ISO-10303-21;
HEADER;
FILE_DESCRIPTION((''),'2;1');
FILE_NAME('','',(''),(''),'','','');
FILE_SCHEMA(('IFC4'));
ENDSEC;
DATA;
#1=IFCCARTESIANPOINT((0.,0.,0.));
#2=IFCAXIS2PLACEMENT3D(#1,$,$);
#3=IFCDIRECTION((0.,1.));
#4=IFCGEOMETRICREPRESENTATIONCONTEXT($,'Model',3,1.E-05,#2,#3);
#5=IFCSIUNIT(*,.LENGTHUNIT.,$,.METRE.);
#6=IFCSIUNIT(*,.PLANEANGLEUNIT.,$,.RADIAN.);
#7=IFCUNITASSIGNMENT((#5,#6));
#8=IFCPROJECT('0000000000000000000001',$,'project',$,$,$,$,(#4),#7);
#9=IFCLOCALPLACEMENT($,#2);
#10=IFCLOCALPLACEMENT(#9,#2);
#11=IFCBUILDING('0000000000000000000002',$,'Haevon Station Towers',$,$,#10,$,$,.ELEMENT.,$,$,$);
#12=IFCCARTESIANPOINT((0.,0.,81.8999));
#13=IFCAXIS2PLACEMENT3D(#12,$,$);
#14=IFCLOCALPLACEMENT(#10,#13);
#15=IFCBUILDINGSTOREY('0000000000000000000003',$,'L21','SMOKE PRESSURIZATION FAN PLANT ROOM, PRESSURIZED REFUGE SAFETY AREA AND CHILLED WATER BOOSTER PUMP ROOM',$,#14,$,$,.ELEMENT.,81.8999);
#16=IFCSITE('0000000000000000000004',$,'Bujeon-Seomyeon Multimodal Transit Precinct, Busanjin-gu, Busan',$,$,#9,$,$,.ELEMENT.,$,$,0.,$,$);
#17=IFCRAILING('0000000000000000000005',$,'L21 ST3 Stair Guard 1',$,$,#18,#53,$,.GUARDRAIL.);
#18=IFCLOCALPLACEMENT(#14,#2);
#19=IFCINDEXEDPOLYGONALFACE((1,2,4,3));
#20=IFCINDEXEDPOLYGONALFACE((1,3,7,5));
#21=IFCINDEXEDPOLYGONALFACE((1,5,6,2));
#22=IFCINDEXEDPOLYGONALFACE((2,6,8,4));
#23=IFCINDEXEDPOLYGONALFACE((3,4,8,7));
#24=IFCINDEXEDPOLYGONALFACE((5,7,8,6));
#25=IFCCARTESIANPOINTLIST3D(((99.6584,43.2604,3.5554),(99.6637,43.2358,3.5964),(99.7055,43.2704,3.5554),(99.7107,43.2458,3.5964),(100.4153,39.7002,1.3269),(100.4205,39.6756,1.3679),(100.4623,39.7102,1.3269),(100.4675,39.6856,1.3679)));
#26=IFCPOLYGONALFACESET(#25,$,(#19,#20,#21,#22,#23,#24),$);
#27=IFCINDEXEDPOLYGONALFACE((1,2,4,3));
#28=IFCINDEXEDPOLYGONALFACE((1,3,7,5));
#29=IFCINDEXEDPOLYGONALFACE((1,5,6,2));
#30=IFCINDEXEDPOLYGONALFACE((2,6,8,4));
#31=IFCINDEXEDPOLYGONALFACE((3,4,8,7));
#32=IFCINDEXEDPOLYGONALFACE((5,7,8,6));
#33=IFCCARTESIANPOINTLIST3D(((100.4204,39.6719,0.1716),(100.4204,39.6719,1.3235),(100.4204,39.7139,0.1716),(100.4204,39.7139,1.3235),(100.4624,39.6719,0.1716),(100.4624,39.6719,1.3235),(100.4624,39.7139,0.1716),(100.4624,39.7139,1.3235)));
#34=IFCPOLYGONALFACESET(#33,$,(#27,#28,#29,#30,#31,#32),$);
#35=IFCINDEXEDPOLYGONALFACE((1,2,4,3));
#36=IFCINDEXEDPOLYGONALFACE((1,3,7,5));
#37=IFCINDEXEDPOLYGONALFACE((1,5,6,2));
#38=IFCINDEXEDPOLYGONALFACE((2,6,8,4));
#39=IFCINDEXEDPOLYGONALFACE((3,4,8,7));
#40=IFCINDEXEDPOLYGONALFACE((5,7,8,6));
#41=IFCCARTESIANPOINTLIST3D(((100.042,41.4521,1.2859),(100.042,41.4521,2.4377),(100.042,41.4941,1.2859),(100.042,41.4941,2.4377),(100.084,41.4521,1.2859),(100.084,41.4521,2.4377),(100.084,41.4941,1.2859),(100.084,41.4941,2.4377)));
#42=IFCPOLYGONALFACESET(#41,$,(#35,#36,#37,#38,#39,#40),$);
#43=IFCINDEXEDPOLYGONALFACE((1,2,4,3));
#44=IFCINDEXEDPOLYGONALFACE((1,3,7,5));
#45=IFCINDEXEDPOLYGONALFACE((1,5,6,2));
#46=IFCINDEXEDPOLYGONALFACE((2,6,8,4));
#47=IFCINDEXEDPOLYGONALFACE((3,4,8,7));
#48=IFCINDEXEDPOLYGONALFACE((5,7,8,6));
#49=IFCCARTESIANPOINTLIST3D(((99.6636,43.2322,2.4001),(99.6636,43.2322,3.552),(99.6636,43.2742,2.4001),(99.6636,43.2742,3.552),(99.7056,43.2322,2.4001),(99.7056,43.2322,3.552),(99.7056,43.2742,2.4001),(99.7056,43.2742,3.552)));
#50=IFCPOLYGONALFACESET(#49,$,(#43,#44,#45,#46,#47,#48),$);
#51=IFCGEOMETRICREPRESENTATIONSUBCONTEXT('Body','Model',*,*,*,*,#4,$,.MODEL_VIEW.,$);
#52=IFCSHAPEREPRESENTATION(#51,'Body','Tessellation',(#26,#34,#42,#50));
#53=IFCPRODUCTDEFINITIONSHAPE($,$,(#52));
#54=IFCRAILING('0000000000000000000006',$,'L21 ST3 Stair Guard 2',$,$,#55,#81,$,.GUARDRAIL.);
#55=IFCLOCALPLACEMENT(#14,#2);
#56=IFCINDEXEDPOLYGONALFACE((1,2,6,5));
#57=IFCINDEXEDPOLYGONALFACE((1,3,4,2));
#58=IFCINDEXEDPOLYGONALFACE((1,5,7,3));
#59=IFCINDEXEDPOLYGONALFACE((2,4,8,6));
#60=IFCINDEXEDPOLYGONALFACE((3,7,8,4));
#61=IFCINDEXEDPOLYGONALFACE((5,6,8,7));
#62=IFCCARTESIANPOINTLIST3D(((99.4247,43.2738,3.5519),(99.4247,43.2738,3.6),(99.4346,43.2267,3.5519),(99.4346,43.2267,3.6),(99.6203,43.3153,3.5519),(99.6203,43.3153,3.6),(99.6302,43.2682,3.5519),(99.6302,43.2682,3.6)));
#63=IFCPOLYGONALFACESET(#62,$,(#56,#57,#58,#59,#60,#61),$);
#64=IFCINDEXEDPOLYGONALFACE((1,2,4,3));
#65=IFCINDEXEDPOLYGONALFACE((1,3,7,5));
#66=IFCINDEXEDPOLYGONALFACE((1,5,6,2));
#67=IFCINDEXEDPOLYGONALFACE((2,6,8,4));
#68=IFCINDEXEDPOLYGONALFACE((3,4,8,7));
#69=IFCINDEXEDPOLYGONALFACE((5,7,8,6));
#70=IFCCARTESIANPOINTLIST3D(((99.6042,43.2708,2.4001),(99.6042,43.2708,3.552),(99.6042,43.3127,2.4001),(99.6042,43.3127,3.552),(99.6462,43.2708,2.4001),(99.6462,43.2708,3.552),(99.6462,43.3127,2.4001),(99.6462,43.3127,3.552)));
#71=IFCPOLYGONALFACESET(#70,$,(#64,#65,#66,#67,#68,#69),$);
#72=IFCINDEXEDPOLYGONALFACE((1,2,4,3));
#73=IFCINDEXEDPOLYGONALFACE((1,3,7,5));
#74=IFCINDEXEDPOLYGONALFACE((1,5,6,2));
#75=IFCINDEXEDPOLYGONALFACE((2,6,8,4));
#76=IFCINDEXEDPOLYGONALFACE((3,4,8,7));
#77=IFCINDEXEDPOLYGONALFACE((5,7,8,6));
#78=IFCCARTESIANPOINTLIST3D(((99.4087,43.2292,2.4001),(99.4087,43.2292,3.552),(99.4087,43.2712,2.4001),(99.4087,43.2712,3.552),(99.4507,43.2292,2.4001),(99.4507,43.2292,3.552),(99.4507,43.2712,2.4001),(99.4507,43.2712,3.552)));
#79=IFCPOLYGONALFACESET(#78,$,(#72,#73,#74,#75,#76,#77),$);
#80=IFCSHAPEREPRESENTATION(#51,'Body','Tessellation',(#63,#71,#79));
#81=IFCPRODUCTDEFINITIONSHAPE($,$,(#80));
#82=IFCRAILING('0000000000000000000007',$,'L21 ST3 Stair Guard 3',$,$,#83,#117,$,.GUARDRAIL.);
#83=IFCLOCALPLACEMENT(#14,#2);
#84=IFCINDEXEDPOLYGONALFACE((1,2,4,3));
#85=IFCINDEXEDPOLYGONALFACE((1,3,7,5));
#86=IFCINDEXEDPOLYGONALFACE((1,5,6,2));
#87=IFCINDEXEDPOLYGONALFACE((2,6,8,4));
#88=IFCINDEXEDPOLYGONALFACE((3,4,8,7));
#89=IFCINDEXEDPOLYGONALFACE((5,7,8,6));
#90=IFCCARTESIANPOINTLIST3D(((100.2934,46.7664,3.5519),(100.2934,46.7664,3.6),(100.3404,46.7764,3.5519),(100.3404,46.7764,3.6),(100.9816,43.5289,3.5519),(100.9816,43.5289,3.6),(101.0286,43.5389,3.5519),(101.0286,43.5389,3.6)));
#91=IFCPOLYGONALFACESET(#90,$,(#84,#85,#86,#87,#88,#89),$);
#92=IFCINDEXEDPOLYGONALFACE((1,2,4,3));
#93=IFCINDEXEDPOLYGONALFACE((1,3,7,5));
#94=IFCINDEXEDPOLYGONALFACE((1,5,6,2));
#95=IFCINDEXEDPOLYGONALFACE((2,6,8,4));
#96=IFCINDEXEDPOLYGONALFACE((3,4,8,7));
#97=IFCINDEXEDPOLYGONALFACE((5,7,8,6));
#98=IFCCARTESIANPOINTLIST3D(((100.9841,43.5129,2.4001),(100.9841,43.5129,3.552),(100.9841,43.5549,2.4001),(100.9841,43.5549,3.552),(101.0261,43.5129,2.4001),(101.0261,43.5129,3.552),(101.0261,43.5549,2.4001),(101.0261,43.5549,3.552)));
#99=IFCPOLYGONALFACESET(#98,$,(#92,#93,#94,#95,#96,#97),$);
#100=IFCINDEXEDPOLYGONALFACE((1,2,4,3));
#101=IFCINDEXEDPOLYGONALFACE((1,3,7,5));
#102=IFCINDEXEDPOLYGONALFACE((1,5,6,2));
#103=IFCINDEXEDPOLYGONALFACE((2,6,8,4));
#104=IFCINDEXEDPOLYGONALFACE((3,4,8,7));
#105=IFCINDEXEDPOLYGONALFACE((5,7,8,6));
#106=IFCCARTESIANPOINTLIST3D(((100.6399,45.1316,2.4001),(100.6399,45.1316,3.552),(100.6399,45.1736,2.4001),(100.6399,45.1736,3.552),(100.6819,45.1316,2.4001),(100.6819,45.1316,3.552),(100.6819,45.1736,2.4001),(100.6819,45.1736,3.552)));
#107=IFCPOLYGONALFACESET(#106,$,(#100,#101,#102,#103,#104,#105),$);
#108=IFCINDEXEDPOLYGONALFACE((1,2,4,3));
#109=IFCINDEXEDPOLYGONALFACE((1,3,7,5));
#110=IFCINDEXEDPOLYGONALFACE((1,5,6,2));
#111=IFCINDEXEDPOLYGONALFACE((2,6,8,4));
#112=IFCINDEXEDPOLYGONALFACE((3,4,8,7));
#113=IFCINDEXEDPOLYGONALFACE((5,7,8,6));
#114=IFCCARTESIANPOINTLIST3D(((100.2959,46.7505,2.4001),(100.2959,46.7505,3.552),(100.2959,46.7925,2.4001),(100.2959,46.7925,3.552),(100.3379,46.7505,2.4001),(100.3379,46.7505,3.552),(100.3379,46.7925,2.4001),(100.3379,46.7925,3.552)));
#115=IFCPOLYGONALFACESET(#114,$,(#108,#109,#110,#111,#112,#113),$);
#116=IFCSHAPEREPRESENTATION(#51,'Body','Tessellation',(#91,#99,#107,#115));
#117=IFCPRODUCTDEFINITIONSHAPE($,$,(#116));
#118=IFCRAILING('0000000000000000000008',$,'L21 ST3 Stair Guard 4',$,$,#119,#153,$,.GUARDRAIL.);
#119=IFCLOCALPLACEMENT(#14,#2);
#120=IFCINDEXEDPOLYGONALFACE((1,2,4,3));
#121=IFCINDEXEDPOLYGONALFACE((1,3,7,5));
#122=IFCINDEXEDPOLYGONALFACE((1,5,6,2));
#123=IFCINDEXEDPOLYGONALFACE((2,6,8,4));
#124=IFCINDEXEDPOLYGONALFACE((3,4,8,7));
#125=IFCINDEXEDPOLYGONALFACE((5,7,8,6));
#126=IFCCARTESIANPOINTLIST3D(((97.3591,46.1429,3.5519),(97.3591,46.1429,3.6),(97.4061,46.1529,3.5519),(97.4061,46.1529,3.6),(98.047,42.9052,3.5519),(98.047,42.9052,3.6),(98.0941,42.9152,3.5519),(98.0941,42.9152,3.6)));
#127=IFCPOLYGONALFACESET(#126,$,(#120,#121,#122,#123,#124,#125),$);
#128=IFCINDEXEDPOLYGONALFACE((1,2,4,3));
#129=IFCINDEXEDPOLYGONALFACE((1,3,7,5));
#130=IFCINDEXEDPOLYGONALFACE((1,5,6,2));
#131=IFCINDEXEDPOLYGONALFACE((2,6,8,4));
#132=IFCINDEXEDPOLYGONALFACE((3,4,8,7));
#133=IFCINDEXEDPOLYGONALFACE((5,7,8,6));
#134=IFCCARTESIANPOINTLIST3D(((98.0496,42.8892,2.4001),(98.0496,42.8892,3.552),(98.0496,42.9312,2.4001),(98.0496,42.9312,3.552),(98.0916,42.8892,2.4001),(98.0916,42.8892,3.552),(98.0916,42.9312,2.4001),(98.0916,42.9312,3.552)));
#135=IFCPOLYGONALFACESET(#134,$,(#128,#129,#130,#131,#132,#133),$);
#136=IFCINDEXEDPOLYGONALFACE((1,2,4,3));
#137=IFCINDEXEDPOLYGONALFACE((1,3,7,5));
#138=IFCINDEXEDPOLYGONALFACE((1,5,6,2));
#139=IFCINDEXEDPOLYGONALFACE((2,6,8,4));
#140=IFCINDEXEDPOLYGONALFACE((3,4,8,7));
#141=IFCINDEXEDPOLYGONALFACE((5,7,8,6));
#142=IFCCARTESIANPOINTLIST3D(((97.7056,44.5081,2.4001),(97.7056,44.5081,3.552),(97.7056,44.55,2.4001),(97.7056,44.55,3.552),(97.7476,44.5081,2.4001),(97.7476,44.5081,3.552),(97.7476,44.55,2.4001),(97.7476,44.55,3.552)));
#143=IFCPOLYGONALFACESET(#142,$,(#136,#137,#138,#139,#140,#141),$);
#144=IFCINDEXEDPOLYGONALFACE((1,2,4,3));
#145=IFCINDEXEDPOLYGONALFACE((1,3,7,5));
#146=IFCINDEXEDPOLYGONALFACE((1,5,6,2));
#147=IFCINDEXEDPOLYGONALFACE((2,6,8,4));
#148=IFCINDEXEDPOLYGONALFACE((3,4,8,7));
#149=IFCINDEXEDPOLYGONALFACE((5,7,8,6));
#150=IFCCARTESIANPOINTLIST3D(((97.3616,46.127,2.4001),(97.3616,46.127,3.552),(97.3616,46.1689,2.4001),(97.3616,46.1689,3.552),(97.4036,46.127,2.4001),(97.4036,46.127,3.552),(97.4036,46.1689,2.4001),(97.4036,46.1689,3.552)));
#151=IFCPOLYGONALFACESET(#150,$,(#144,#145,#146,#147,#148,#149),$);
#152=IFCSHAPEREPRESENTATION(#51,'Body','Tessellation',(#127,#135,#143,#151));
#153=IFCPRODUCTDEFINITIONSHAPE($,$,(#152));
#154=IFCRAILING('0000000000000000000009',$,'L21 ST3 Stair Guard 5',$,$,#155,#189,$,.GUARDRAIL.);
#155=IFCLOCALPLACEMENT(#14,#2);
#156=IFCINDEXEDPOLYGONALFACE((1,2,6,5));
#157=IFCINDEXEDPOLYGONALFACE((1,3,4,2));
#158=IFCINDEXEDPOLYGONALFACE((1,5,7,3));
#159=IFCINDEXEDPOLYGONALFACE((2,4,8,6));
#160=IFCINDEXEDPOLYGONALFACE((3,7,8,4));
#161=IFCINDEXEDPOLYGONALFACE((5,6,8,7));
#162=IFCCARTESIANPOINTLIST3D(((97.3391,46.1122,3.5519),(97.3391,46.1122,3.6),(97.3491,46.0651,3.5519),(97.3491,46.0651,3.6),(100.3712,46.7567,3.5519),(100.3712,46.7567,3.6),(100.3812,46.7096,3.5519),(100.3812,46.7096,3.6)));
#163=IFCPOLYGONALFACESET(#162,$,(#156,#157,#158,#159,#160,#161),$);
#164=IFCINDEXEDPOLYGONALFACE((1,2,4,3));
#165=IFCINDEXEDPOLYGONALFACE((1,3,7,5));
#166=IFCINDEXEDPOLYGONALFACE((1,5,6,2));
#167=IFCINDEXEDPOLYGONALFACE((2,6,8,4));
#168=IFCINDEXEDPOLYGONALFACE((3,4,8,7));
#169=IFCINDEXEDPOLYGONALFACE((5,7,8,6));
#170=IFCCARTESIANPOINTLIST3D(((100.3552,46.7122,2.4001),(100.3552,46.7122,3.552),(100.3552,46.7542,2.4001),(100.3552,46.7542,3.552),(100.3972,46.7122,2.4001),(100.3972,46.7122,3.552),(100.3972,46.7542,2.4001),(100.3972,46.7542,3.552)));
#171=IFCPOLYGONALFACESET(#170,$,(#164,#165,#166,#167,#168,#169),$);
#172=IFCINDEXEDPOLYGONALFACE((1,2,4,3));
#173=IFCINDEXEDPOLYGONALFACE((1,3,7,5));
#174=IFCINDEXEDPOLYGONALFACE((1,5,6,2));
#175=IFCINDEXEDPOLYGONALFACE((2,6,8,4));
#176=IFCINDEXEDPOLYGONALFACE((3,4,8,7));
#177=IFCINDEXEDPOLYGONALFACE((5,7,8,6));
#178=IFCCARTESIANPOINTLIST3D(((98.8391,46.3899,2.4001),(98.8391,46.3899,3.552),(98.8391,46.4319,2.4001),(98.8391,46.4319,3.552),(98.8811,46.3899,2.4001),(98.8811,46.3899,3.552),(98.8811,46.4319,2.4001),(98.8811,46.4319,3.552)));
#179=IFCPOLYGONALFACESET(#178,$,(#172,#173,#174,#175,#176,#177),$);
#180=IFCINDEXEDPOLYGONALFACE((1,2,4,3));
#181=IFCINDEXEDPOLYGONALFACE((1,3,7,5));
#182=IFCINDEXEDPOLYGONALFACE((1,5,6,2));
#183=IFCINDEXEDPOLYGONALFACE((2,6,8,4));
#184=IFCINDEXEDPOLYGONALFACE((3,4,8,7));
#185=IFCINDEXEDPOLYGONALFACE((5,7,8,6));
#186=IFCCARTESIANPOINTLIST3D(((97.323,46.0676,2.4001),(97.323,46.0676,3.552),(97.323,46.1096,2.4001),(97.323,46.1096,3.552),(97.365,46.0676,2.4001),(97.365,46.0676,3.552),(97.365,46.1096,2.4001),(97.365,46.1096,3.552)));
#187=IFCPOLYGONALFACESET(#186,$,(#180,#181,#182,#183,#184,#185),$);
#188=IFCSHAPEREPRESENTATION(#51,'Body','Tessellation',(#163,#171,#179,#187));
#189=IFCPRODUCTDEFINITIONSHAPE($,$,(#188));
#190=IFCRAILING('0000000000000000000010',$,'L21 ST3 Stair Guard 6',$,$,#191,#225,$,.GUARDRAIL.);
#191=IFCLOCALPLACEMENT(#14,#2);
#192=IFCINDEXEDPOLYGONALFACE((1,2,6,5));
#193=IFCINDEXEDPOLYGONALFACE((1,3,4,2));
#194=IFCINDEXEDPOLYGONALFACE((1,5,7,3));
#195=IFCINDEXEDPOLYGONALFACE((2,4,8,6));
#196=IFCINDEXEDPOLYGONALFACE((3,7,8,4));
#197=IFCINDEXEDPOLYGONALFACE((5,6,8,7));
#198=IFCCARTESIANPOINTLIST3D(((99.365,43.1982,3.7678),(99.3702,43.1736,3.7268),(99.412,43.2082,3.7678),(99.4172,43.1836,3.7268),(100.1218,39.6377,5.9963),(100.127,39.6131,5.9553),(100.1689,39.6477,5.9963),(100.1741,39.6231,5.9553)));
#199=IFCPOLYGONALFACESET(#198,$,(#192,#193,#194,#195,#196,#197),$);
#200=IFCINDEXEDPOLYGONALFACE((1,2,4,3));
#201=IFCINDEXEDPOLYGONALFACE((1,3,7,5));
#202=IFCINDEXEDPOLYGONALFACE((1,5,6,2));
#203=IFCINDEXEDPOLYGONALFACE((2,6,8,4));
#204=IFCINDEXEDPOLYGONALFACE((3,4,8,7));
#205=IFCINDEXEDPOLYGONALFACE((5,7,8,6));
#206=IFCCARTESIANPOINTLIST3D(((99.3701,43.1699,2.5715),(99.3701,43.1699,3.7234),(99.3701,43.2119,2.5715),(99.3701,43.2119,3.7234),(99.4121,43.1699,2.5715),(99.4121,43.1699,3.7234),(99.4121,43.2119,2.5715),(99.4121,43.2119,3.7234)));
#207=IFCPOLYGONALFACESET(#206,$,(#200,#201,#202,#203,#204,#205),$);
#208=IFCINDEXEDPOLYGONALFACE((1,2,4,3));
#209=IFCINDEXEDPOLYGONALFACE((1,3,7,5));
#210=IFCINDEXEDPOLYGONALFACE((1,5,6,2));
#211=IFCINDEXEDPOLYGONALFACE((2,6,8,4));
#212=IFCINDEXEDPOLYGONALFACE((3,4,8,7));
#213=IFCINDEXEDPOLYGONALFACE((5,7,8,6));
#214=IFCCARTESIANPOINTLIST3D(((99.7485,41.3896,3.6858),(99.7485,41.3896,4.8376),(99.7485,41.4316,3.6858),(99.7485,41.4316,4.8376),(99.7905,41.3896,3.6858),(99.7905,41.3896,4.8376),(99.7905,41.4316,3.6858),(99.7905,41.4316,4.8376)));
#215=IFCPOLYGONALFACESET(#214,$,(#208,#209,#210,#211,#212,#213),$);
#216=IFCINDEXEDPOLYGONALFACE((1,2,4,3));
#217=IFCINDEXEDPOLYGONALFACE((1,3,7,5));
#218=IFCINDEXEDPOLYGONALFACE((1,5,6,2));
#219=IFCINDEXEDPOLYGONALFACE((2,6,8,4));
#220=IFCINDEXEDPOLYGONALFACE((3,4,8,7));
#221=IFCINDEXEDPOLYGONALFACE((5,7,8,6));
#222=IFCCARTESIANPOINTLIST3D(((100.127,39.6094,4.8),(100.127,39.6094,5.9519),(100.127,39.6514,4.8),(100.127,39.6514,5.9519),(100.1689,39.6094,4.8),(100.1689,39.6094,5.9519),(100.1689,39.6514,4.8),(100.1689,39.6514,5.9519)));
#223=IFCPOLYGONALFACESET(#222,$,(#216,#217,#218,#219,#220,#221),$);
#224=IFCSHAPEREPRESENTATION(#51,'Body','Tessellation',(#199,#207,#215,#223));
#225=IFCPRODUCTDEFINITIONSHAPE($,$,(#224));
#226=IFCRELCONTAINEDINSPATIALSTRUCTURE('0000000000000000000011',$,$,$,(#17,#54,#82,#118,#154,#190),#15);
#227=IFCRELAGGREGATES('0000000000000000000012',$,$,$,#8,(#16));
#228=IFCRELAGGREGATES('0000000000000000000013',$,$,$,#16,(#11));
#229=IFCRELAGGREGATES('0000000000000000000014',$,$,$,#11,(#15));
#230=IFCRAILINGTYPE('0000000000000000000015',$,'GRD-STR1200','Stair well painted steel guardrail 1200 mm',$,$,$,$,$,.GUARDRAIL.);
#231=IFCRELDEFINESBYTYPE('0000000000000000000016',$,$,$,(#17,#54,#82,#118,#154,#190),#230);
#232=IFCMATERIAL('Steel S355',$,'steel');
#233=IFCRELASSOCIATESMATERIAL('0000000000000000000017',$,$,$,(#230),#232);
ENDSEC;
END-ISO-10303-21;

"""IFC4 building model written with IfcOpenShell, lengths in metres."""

from ifc_helpers import new_model, si_unit, direction, frame, origin, origin_2d, place, context, subcontext, project, spatial, rectangle, extrude, material, type_object, element, save


model = new_model("IFC4")

# Units and contexts
model_context = context("Model", 3, precision=1e-05, world=origin(), true_north=direction((0.0, 1.0)))
body_context = subcontext(model_context, "Body", "Model", "MODEL_VIEW")
ifc_project = project(units=[si_unit("LENGTHUNIT", "METRE"), si_unit("PLANEANGLEUNIT", "RADIAN")], contexts=[model_context])

# Site, building, storey
site_placement = place(None, origin())
site = spatial("IfcSite", under=ifc_project, at=site_placement, Name="Bujeon-Seomyeon Multimodal Transit Precinct, Busanjin-gu, Busan", CompositionType="ELEMENT", RefElevation=0.0)
building_placement = place(site_placement, origin())
building = spatial("IfcBuilding", under=site, at=building_placement, Name="Haevon Station Towers", CompositionType="ELEMENT")
storey_placement = place(building_placement, frame((0.0, 0.0, 81.8999)))
storey = spatial("IfcBuildingStorey", under=building, at=storey_placement, Name="L21", Description="SMOKE PRESSURIZATION FAN PLANT ROOM, PRESSURIZED REFUGE SAFETY AREA AND CHILLED WATER BOOSTER PUMP ROOM", CompositionType="ELEMENT", Elevation=81.8999)

# Shared definitions
ifc_material_1 = material(Name="Steel S355", Category="steel")

# Railings
railing_type_1 = type_object("IfcRailingType", Name="GRD-STR1200", Description="Stair well painted steel guardrail 1200 mm", PredefinedType="GUARDRAIL", material=ifc_material_1)
railing_1_placement = place(storey_placement, frame((100.4414, 39.6929, 0.1716)))
element("IfcRailing", 1, at=railing_1_placement, inside=storey, type_object=railing_type_1, Name="L21 ST3 Stair Guard 1", PredefinedType="GUARDRAIL", context=body_context, shape_type="SweptSolid", body=[
    extrude(rectangle(XDim=0.0481, YDim=0.0481, at=origin_2d()), frame((0.0, 0.0, 1.1758), z_axis=(-0.177333, 0.834208, 0.522159), x_axis=(-0.978144, -0.20793, 0.0)), (0.0, 0.0, 1.0), 4.2678),
    extrude(rectangle(XDim=0.042, YDim=0.042, at=origin_2d()), origin(), (0.0, 0.0, 1.0), 1.1519),
    extrude(rectangle(XDim=0.042, YDim=0.042, at=origin_2d()), frame((-0.3784, 1.7803, 1.1143)), (0.0, 0.0, 1.0), 1.1519),
    extrude(rectangle(XDim=0.042, YDim=0.042, at=origin_2d()), frame((-0.7568, 3.5603, 2.2285)), (0.0, 0.0, 1.0), 1.1519),
])
railing_2_placement = place(storey_placement, frame((99.6252, 43.2917, 2.4001)))
element("IfcRailing", 2, at=railing_2_placement, inside=storey, type_object=railing_type_1, Name="L21 ST3 Stair Guard 2", PredefinedType="GUARDRAIL", context=body_context, shape_type="SweptSolid", body=[
    extrude(rectangle(XDim=0.0481, YDim=0.0481, at=origin_2d()), frame((0.0, 0.0, 1.1758), z_axis=(-0.978212, -0.20761, 0.0), x_axis=(0.20761, -0.978212, 0.0)), (0.0, 0.0, 1.0), 0.2),
    extrude(rectangle(XDim=0.042, YDim=0.042, at=origin_2d()), origin(), (0.0, 0.0, 1.0), 1.1519),
    extrude(rectangle(XDim=0.042, YDim=0.042, at=origin_2d()), frame((-0.1956, -0.0415, 0.0)), (0.0, 0.0, 1.0), 1.1519),
])
railing_3_placement = place(storey_placement, frame((101.0051, 43.5339, 2.4001)))
element("IfcRailing", 3, at=railing_3_placement, inside=storey, type_object=railing_type_1, Name="L21 ST3 Stair Guard 3", PredefinedType="GUARDRAIL", context=body_context, shape_type="SweptSolid", body=[
    extrude(rectangle(XDim=0.0481, YDim=0.0481, at=origin_2d()), frame((0.0, 0.0, 1.1758), z_axis=(-0.207932, 0.978143, 0.0), x_axis=(-0.978143, -0.207932, 0.0)), (0.0, 0.0, 1.0), 3.3098),
    extrude(rectangle(XDim=0.042, YDim=0.042, at=origin_2d()), origin(), (0.0, 0.0, 1.0), 1.1519),
    extrude(rectangle(XDim=0.042, YDim=0.042, at=origin_2d()), frame((-0.3442, 1.6187, 0.0)), (0.0, 0.0, 1.0), 1.1519),
    extrude(rectangle(XDim=0.042, YDim=0.042, at=origin_2d()), frame((-0.6882, 3.2375, 0.0)), (0.0, 0.0, 1.0), 1.1519),
])
railing_4_placement = place(storey_placement, frame((98.0706, 42.9102, 2.4001)))
element("IfcRailing", 4, at=railing_4_placement, inside=storey, type_object=railing_type_1, Name="L21 ST3 Stair Guard 4", PredefinedType="GUARDRAIL", context=body_context, shape_type="SweptSolid", body=[
    extrude(rectangle(XDim=0.0481, YDim=0.0481, at=origin_2d()), frame((0.0, 0.0, 1.1758), z_axis=(-0.207846, 0.978161, 0.0), x_axis=(-0.978161, -0.207846, 0.0)), (0.0, 0.0, 1.0), 3.3101),
    extrude(rectangle(XDim=0.042, YDim=0.042, at=origin_2d()), origin(), (0.0, 0.0, 1.0), 1.1519),
    extrude(rectangle(XDim=0.042, YDim=0.042, at=origin_2d()), frame((-0.344, 1.6189, 0.0)), (0.0, 0.0, 1.0), 1.1519),
    extrude(rectangle(XDim=0.042, YDim=0.042, at=origin_2d()), frame((-0.688, 3.2378, 0.0)), (0.0, 0.0, 1.0), 1.1519),
])
railing_5_placement = place(storey_placement, frame((100.3762, 46.7332, 2.4001)))
element("IfcRailing", 5, at=railing_5_placement, inside=storey, type_object=railing_type_1, Name="L21 ST3 Stair Guard 5", PredefinedType="GUARDRAIL", context=body_context, shape_type="SweptSolid", body=[
    extrude(rectangle(XDim=0.0481, YDim=0.0481, at=origin_2d()), frame((0.0, 0.0, 1.1758), z_axis=(-0.978147, -0.207915, 0.0), x_axis=(0.207915, -0.978147, 0.0)), (0.0, 0.0, 1.0), 3.0999),
    extrude(rectangle(XDim=0.042, YDim=0.042, at=origin_2d()), origin(), (0.0, 0.0, 1.0), 1.1519),
    extrude(rectangle(XDim=0.042, YDim=0.042, at=origin_2d()), frame((-1.5161, -0.3223, 0.0)), (0.0, 0.0, 1.0), 1.1519),
    extrude(rectangle(XDim=0.042, YDim=0.042, at=origin_2d()), frame((-3.0322, -0.6445, 0.0)), (0.0, 0.0, 1.0), 1.1519),
])
railing_6_placement = place(storey_placement, frame((99.3911, 43.1909, 2.5715)))
element("IfcRailing", 6, at=railing_6_placement, inside=storey, type_object=railing_type_1, Name="L21 ST3 Stair Guard 6", PredefinedType="GUARDRAIL", context=body_context, shape_type="SweptSolid", body=[
    extrude(rectangle(XDim=0.0481, YDim=0.0481, at=origin_2d()), frame((0.0, 0.0, 1.1758), z_axis=(0.177324, -0.834225, 0.522134), x_axis=(0.978147, 0.207917, 0.0)), (0.0, 0.0, 1.0), 4.2681),
    extrude(rectangle(XDim=0.042, YDim=0.042, at=origin_2d()), origin(), (0.0, 0.0, 1.0), 1.1519),
    extrude(rectangle(XDim=0.042, YDim=0.042, at=origin_2d()), frame((0.3784, -1.7803, 1.1143)), (0.0, 0.0, 1.0), 1.1519),
    extrude(rectangle(XDim=0.042, YDim=0.042, at=origin_2d()), frame((0.7568, -3.5605, 2.2285)), (0.0, 0.0, 1.0), 1.1519),
])

save(model, "model.ifc")
